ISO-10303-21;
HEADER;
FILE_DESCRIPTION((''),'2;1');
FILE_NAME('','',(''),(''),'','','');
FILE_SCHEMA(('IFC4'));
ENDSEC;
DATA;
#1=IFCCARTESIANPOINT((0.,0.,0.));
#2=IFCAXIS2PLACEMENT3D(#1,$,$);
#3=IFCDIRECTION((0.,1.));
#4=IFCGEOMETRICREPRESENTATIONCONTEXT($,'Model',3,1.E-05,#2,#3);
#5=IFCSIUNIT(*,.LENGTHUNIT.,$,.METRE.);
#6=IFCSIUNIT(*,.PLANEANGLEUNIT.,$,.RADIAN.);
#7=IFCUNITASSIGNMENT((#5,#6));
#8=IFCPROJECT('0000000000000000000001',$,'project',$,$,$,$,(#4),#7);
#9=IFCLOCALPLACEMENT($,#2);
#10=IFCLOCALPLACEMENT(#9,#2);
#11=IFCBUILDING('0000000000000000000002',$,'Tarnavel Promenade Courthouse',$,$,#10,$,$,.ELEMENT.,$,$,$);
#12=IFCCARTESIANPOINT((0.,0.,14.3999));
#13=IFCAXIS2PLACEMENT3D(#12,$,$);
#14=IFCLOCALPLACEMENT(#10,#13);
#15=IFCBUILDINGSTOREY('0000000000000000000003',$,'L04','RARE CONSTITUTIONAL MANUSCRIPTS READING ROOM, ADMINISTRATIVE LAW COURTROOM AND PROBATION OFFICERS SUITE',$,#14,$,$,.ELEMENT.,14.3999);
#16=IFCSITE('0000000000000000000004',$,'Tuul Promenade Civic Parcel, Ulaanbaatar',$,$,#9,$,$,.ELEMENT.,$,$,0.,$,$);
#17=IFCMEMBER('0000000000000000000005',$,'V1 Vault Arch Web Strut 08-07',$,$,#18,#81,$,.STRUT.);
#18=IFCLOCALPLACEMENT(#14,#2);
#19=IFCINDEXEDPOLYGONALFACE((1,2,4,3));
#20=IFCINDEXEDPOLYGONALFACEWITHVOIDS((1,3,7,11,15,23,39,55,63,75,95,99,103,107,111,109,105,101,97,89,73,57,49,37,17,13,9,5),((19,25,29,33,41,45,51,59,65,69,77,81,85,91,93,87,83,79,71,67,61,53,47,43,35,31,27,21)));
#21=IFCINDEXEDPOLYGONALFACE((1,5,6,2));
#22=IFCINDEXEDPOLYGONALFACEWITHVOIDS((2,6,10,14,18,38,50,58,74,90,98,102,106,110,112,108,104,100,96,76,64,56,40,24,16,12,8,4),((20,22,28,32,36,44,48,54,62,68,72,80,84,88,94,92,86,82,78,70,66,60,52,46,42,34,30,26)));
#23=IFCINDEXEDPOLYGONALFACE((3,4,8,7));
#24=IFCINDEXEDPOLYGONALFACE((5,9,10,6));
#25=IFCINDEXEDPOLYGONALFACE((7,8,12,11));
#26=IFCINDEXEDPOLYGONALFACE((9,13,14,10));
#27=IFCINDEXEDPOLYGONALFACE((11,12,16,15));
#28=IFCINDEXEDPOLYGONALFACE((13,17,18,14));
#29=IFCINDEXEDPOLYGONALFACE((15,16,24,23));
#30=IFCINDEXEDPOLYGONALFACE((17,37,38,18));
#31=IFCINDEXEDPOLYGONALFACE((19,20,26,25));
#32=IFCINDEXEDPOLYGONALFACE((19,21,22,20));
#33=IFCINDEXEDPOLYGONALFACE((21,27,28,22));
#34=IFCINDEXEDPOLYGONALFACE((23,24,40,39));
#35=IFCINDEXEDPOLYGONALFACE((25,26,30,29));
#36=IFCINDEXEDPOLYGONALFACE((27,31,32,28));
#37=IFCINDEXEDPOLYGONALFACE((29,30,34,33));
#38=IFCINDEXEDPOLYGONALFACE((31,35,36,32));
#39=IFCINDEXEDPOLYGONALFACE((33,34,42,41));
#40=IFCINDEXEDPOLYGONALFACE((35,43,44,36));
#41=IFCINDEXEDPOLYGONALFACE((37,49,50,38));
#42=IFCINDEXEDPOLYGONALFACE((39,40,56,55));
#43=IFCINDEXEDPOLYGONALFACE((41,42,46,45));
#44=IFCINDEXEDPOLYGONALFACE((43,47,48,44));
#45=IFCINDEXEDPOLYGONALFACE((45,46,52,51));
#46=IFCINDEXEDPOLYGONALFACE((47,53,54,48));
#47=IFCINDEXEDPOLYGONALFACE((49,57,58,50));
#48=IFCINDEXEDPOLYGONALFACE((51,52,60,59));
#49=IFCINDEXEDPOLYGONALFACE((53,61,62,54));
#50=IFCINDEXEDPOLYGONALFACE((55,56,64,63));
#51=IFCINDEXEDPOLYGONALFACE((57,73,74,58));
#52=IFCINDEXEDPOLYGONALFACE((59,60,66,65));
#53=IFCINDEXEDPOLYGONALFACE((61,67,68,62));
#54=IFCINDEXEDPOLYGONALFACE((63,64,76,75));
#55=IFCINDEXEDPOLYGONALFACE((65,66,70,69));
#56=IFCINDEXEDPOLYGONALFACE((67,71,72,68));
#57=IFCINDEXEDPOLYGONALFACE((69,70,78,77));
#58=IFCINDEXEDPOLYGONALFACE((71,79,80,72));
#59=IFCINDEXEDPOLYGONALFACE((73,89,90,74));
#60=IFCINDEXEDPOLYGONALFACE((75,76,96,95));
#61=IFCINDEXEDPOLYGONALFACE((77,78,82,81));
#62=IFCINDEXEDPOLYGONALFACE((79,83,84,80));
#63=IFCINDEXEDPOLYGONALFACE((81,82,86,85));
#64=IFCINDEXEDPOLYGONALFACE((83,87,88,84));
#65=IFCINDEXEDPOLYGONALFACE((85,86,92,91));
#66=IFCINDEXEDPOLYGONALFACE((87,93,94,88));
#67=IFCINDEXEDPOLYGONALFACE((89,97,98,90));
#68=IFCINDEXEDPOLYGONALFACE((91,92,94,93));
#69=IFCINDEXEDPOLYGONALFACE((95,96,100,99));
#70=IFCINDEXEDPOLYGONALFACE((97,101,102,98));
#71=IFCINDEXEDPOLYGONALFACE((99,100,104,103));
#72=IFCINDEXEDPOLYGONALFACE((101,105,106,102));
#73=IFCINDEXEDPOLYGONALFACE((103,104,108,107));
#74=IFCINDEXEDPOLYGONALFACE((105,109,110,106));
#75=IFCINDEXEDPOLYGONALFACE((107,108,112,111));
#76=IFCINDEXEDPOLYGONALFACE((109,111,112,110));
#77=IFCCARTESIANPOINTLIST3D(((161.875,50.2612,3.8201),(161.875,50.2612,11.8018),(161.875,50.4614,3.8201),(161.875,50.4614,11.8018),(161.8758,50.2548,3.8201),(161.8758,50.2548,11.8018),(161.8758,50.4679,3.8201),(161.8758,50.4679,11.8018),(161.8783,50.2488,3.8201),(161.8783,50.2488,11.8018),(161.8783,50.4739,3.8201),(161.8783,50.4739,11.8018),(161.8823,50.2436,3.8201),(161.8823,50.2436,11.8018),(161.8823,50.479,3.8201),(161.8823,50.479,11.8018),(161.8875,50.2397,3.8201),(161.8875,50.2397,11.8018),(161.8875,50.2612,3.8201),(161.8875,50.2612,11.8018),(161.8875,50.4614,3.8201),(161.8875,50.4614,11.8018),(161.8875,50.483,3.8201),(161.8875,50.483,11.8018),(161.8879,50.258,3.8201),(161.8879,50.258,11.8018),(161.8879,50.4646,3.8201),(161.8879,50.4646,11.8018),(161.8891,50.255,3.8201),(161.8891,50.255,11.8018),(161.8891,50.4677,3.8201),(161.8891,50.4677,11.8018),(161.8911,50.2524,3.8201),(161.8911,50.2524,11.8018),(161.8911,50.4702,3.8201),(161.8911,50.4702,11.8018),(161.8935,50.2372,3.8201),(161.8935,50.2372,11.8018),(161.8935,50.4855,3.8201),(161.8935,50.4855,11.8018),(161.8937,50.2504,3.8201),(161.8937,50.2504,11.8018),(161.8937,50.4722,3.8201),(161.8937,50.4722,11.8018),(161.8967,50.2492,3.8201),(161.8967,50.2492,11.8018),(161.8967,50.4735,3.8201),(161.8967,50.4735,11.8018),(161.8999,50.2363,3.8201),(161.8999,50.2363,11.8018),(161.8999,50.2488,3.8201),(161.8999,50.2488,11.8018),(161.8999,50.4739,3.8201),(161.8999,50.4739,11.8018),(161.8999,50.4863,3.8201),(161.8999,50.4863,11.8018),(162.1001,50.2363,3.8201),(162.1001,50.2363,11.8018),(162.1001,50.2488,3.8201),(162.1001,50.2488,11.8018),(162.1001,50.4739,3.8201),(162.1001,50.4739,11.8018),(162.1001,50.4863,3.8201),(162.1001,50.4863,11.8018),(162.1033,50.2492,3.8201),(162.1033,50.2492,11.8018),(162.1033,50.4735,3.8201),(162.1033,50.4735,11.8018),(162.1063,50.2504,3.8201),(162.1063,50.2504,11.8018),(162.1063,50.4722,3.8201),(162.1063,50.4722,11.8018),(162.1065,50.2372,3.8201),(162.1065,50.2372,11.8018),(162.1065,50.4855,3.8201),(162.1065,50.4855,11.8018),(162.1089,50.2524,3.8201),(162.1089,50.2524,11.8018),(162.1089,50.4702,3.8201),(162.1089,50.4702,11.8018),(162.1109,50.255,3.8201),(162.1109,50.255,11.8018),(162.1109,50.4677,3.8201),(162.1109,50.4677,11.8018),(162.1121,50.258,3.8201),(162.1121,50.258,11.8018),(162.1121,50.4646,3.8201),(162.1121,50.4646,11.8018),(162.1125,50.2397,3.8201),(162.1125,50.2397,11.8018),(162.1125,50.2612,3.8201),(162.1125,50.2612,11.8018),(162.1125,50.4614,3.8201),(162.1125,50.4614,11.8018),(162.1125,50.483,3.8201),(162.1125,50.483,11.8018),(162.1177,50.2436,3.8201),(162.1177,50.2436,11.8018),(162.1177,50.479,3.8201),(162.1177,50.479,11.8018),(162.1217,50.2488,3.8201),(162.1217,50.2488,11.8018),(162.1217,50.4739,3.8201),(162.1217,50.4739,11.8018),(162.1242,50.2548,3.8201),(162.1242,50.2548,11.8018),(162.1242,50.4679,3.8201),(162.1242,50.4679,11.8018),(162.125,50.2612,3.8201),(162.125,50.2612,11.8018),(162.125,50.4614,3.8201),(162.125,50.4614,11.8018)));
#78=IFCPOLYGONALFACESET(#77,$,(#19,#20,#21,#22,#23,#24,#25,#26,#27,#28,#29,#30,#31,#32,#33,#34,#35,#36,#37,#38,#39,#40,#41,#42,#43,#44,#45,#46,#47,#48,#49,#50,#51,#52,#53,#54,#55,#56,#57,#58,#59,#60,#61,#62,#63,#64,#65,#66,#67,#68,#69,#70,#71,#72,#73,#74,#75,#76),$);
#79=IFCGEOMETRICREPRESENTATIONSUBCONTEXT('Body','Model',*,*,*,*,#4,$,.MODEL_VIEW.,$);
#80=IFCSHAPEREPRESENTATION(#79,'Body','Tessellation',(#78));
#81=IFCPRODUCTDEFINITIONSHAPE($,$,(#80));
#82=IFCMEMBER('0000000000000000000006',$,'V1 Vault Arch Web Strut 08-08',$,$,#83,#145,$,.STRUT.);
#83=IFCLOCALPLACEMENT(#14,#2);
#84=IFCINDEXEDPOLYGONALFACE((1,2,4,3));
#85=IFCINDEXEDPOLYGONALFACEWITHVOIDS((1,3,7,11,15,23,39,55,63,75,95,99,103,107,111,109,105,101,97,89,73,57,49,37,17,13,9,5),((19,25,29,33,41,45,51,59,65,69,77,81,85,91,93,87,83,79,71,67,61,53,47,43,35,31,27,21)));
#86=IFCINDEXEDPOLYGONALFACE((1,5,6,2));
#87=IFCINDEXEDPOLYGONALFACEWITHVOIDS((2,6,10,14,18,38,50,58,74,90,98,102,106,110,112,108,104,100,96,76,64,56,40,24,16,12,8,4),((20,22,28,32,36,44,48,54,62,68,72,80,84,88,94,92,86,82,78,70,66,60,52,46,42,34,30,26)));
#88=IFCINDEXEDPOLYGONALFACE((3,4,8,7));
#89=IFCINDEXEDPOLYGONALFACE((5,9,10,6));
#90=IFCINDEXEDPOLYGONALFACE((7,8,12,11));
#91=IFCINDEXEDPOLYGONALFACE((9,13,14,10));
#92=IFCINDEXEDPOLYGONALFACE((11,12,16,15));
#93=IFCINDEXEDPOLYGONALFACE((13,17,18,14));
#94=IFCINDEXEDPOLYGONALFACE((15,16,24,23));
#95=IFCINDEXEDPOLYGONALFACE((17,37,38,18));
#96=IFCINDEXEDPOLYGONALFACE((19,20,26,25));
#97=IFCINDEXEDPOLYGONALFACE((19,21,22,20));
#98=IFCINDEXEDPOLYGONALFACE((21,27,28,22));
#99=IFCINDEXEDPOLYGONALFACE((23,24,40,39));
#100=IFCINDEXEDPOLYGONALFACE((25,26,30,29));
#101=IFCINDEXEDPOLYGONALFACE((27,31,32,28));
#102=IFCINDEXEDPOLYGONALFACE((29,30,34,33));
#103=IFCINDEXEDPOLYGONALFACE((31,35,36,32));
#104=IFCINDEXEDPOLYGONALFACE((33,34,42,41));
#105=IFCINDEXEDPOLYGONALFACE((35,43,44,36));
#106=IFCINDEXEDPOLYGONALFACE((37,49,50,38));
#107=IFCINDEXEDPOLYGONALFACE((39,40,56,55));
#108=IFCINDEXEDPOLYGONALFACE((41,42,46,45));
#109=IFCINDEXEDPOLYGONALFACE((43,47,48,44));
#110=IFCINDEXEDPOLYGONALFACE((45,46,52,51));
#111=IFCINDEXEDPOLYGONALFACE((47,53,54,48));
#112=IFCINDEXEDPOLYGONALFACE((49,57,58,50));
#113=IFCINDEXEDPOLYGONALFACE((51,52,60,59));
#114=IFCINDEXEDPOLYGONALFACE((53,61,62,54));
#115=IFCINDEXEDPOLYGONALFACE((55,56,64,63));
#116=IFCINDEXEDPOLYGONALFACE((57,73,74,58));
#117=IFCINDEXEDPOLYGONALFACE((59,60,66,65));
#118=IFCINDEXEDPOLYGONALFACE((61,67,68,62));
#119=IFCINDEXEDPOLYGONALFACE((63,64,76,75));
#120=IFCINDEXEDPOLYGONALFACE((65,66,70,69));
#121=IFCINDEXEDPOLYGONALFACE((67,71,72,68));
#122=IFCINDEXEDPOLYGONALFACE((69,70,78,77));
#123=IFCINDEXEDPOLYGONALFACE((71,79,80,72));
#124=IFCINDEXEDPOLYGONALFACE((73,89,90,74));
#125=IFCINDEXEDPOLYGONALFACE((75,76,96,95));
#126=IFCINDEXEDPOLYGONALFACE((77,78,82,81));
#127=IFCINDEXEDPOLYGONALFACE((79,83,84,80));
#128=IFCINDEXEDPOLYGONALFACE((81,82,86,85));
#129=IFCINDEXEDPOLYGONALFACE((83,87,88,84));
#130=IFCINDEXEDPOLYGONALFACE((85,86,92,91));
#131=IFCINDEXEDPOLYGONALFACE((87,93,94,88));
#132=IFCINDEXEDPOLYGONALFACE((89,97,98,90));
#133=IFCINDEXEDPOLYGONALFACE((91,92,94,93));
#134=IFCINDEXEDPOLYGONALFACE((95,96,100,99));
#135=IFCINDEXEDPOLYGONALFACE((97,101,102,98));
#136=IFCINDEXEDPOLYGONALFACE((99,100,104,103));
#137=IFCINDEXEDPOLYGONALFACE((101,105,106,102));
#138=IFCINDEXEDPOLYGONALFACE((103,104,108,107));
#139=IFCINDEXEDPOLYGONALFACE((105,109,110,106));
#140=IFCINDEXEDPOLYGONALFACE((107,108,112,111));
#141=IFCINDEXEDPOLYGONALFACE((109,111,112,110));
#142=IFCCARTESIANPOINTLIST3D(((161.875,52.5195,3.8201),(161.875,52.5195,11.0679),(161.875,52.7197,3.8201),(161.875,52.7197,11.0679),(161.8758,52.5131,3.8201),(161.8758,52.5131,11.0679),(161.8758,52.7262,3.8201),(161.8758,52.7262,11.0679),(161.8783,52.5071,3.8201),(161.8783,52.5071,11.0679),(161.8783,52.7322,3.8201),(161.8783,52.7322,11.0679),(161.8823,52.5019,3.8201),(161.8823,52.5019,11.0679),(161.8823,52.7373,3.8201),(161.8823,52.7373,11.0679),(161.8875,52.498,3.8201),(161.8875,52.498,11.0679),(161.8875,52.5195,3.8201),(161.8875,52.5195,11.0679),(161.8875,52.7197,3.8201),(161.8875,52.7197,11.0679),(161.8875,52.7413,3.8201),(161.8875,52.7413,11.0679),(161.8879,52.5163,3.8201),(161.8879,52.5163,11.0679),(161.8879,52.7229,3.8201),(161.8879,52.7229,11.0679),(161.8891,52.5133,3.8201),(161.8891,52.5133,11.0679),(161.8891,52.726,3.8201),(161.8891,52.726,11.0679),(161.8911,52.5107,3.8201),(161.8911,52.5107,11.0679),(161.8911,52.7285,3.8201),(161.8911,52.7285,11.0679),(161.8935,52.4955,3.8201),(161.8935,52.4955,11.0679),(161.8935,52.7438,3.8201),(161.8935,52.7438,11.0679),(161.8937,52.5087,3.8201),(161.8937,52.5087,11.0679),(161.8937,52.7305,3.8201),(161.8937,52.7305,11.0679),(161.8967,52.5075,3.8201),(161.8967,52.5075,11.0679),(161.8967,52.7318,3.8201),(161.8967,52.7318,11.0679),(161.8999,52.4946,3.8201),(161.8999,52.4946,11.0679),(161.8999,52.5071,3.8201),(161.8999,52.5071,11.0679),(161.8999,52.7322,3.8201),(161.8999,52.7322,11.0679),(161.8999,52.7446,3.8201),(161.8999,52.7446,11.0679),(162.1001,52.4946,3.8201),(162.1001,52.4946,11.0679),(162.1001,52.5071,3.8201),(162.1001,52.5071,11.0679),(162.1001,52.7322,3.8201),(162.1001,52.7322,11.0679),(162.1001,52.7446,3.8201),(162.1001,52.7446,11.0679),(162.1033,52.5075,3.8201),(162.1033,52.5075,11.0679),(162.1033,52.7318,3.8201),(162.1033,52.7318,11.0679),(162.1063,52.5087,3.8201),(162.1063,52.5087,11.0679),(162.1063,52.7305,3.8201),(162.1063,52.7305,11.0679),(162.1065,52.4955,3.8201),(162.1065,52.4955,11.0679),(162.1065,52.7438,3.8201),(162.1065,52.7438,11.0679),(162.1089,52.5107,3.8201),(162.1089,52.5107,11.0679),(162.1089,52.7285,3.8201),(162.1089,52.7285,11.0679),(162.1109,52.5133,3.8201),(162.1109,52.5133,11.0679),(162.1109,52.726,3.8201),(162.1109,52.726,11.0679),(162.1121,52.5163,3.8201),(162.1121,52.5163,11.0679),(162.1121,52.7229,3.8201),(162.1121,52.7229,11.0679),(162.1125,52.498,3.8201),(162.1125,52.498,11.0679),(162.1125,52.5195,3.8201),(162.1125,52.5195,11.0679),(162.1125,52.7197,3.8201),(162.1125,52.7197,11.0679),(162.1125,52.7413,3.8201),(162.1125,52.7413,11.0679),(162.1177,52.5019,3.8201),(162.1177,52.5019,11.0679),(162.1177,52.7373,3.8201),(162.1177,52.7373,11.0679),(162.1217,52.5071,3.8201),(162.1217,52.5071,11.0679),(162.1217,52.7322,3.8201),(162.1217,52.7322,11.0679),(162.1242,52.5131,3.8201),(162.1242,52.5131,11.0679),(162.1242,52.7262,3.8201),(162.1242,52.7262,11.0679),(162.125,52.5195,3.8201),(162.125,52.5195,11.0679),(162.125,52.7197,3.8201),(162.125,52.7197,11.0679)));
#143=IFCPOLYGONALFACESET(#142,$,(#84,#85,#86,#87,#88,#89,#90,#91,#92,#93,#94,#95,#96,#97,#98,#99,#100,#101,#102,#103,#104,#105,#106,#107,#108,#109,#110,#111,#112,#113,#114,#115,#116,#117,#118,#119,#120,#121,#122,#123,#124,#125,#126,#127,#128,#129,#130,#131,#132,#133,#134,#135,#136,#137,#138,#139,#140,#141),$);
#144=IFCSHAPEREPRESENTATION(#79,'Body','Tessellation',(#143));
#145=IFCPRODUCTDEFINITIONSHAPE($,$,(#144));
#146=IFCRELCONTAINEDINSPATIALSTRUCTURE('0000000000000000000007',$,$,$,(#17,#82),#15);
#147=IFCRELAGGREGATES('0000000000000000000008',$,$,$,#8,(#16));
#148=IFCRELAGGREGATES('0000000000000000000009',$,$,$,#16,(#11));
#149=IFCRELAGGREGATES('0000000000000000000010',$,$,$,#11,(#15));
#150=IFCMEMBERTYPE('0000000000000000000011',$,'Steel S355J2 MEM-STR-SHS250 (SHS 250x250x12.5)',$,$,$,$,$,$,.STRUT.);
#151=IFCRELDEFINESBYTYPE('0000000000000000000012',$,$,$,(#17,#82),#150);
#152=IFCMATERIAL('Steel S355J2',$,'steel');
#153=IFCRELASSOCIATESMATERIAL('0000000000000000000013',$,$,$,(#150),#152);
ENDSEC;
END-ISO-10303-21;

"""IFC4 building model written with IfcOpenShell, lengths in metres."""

from ifc_helpers import new_model, si_unit, direction, frame, origin, origin_2d, place, context, subcontext, project, spatial, hollow_rectangle, extrude, material, material_profile, profile_set, type_object, element, save


model = new_model("IFC4")

# Units and contexts
model_context = context("Model", 3, precision=1e-05, world=origin(), true_north=direction((0.0, 1.0)))
body_context = subcontext(model_context, "Body", "Model", "MODEL_VIEW")
ifc_project = project(units=[si_unit("LENGTHUNIT", "METRE"), si_unit("PLANEANGLEUNIT", "RADIAN")], contexts=[model_context])

# Site, building, storey
site_placement = place(None, origin())
site = spatial("IfcSite", under=ifc_project, at=site_placement, Name="Tuul Promenade Civic Parcel, Ulaanbaatar", CompositionType="ELEMENT", RefElevation=0.0)
building_placement = place(site_placement, origin())
building = spatial("IfcBuilding", under=site, at=building_placement, Name="Tarnavel Promenade Courthouse", CompositionType="ELEMENT")
storey_placement = place(building_placement, frame((0.0, 0.0, 14.3999)))
storey = spatial("IfcBuildingStorey", under=building, at=storey_placement, Name="L04", Description="RARE CONSTITUTIONAL MANUSCRIPTS READING ROOM, ADMINISTRATIVE LAW COURTROOM AND PROBATION OFFICERS SUITE", CompositionType="ELEMENT", Elevation=14.3999)

# Shared definitions
ifc_material = material(Name="Steel S355J2", Category="steel")

# Members
ifc_material_profile_1 = material_profile(ifc_material, hollow_rectangle(XDim=0.25, YDim=0.25, WallThickness=0.0125, InnerFilletRadius=0.0125, OuterFilletRadius=0.0249, at=origin_2d()), Name="SHS 250x250x12.5")
ifc_profile_set_1 = profile_set([ifc_material_profile_1], Name="Steel S355J2")
member_type = type_object("IfcMemberType", Name="Steel S355J2 MEM-STR-SHS250 (SHS 250x250x12.5)", PredefinedType="STRUT", material=ifc_profile_set_1)
member_1_placement = place(storey_placement, frame((162.0, 50.3613, 3.8201), z_axis=(0.0, 0.0, 1.0), x_axis=(1.0, 0.0, 0.0)))
element("IfcMember", 1, at=member_1_placement, inside=storey, type_object=member_type, Name="V1 Vault Arch Web Strut 08-07", PredefinedType="STRUT", context=body_context, shape_type="SweptSolid", body=[
    extrude(hollow_rectangle(XDim=0.25, YDim=0.25, WallThickness=0.0125, InnerFilletRadius=0.0125, OuterFilletRadius=0.0249, at=origin_2d()), origin(), (0.0, 0.0, 1.0), 7.9817),
])
member_2_placement = place(storey_placement, frame((162.0, 52.6196, 3.8201), z_axis=(0.0, 0.0, 1.0), x_axis=(1.0, 0.0, 0.0)))
element("IfcMember", 2, at=member_2_placement, inside=storey, type_object=member_type, Name="V1 Vault Arch Web Strut 08-08", PredefinedType="STRUT", context=body_context, shape_type="SweptSolid", body=[
    extrude(hollow_rectangle(XDim=0.25, YDim=0.25, WallThickness=0.0125, InnerFilletRadius=0.0125, OuterFilletRadius=0.0249, at=origin_2d()), origin(), (0.0, 0.0, 1.0), 7.2478),
])

save(model, "model.ifc")
